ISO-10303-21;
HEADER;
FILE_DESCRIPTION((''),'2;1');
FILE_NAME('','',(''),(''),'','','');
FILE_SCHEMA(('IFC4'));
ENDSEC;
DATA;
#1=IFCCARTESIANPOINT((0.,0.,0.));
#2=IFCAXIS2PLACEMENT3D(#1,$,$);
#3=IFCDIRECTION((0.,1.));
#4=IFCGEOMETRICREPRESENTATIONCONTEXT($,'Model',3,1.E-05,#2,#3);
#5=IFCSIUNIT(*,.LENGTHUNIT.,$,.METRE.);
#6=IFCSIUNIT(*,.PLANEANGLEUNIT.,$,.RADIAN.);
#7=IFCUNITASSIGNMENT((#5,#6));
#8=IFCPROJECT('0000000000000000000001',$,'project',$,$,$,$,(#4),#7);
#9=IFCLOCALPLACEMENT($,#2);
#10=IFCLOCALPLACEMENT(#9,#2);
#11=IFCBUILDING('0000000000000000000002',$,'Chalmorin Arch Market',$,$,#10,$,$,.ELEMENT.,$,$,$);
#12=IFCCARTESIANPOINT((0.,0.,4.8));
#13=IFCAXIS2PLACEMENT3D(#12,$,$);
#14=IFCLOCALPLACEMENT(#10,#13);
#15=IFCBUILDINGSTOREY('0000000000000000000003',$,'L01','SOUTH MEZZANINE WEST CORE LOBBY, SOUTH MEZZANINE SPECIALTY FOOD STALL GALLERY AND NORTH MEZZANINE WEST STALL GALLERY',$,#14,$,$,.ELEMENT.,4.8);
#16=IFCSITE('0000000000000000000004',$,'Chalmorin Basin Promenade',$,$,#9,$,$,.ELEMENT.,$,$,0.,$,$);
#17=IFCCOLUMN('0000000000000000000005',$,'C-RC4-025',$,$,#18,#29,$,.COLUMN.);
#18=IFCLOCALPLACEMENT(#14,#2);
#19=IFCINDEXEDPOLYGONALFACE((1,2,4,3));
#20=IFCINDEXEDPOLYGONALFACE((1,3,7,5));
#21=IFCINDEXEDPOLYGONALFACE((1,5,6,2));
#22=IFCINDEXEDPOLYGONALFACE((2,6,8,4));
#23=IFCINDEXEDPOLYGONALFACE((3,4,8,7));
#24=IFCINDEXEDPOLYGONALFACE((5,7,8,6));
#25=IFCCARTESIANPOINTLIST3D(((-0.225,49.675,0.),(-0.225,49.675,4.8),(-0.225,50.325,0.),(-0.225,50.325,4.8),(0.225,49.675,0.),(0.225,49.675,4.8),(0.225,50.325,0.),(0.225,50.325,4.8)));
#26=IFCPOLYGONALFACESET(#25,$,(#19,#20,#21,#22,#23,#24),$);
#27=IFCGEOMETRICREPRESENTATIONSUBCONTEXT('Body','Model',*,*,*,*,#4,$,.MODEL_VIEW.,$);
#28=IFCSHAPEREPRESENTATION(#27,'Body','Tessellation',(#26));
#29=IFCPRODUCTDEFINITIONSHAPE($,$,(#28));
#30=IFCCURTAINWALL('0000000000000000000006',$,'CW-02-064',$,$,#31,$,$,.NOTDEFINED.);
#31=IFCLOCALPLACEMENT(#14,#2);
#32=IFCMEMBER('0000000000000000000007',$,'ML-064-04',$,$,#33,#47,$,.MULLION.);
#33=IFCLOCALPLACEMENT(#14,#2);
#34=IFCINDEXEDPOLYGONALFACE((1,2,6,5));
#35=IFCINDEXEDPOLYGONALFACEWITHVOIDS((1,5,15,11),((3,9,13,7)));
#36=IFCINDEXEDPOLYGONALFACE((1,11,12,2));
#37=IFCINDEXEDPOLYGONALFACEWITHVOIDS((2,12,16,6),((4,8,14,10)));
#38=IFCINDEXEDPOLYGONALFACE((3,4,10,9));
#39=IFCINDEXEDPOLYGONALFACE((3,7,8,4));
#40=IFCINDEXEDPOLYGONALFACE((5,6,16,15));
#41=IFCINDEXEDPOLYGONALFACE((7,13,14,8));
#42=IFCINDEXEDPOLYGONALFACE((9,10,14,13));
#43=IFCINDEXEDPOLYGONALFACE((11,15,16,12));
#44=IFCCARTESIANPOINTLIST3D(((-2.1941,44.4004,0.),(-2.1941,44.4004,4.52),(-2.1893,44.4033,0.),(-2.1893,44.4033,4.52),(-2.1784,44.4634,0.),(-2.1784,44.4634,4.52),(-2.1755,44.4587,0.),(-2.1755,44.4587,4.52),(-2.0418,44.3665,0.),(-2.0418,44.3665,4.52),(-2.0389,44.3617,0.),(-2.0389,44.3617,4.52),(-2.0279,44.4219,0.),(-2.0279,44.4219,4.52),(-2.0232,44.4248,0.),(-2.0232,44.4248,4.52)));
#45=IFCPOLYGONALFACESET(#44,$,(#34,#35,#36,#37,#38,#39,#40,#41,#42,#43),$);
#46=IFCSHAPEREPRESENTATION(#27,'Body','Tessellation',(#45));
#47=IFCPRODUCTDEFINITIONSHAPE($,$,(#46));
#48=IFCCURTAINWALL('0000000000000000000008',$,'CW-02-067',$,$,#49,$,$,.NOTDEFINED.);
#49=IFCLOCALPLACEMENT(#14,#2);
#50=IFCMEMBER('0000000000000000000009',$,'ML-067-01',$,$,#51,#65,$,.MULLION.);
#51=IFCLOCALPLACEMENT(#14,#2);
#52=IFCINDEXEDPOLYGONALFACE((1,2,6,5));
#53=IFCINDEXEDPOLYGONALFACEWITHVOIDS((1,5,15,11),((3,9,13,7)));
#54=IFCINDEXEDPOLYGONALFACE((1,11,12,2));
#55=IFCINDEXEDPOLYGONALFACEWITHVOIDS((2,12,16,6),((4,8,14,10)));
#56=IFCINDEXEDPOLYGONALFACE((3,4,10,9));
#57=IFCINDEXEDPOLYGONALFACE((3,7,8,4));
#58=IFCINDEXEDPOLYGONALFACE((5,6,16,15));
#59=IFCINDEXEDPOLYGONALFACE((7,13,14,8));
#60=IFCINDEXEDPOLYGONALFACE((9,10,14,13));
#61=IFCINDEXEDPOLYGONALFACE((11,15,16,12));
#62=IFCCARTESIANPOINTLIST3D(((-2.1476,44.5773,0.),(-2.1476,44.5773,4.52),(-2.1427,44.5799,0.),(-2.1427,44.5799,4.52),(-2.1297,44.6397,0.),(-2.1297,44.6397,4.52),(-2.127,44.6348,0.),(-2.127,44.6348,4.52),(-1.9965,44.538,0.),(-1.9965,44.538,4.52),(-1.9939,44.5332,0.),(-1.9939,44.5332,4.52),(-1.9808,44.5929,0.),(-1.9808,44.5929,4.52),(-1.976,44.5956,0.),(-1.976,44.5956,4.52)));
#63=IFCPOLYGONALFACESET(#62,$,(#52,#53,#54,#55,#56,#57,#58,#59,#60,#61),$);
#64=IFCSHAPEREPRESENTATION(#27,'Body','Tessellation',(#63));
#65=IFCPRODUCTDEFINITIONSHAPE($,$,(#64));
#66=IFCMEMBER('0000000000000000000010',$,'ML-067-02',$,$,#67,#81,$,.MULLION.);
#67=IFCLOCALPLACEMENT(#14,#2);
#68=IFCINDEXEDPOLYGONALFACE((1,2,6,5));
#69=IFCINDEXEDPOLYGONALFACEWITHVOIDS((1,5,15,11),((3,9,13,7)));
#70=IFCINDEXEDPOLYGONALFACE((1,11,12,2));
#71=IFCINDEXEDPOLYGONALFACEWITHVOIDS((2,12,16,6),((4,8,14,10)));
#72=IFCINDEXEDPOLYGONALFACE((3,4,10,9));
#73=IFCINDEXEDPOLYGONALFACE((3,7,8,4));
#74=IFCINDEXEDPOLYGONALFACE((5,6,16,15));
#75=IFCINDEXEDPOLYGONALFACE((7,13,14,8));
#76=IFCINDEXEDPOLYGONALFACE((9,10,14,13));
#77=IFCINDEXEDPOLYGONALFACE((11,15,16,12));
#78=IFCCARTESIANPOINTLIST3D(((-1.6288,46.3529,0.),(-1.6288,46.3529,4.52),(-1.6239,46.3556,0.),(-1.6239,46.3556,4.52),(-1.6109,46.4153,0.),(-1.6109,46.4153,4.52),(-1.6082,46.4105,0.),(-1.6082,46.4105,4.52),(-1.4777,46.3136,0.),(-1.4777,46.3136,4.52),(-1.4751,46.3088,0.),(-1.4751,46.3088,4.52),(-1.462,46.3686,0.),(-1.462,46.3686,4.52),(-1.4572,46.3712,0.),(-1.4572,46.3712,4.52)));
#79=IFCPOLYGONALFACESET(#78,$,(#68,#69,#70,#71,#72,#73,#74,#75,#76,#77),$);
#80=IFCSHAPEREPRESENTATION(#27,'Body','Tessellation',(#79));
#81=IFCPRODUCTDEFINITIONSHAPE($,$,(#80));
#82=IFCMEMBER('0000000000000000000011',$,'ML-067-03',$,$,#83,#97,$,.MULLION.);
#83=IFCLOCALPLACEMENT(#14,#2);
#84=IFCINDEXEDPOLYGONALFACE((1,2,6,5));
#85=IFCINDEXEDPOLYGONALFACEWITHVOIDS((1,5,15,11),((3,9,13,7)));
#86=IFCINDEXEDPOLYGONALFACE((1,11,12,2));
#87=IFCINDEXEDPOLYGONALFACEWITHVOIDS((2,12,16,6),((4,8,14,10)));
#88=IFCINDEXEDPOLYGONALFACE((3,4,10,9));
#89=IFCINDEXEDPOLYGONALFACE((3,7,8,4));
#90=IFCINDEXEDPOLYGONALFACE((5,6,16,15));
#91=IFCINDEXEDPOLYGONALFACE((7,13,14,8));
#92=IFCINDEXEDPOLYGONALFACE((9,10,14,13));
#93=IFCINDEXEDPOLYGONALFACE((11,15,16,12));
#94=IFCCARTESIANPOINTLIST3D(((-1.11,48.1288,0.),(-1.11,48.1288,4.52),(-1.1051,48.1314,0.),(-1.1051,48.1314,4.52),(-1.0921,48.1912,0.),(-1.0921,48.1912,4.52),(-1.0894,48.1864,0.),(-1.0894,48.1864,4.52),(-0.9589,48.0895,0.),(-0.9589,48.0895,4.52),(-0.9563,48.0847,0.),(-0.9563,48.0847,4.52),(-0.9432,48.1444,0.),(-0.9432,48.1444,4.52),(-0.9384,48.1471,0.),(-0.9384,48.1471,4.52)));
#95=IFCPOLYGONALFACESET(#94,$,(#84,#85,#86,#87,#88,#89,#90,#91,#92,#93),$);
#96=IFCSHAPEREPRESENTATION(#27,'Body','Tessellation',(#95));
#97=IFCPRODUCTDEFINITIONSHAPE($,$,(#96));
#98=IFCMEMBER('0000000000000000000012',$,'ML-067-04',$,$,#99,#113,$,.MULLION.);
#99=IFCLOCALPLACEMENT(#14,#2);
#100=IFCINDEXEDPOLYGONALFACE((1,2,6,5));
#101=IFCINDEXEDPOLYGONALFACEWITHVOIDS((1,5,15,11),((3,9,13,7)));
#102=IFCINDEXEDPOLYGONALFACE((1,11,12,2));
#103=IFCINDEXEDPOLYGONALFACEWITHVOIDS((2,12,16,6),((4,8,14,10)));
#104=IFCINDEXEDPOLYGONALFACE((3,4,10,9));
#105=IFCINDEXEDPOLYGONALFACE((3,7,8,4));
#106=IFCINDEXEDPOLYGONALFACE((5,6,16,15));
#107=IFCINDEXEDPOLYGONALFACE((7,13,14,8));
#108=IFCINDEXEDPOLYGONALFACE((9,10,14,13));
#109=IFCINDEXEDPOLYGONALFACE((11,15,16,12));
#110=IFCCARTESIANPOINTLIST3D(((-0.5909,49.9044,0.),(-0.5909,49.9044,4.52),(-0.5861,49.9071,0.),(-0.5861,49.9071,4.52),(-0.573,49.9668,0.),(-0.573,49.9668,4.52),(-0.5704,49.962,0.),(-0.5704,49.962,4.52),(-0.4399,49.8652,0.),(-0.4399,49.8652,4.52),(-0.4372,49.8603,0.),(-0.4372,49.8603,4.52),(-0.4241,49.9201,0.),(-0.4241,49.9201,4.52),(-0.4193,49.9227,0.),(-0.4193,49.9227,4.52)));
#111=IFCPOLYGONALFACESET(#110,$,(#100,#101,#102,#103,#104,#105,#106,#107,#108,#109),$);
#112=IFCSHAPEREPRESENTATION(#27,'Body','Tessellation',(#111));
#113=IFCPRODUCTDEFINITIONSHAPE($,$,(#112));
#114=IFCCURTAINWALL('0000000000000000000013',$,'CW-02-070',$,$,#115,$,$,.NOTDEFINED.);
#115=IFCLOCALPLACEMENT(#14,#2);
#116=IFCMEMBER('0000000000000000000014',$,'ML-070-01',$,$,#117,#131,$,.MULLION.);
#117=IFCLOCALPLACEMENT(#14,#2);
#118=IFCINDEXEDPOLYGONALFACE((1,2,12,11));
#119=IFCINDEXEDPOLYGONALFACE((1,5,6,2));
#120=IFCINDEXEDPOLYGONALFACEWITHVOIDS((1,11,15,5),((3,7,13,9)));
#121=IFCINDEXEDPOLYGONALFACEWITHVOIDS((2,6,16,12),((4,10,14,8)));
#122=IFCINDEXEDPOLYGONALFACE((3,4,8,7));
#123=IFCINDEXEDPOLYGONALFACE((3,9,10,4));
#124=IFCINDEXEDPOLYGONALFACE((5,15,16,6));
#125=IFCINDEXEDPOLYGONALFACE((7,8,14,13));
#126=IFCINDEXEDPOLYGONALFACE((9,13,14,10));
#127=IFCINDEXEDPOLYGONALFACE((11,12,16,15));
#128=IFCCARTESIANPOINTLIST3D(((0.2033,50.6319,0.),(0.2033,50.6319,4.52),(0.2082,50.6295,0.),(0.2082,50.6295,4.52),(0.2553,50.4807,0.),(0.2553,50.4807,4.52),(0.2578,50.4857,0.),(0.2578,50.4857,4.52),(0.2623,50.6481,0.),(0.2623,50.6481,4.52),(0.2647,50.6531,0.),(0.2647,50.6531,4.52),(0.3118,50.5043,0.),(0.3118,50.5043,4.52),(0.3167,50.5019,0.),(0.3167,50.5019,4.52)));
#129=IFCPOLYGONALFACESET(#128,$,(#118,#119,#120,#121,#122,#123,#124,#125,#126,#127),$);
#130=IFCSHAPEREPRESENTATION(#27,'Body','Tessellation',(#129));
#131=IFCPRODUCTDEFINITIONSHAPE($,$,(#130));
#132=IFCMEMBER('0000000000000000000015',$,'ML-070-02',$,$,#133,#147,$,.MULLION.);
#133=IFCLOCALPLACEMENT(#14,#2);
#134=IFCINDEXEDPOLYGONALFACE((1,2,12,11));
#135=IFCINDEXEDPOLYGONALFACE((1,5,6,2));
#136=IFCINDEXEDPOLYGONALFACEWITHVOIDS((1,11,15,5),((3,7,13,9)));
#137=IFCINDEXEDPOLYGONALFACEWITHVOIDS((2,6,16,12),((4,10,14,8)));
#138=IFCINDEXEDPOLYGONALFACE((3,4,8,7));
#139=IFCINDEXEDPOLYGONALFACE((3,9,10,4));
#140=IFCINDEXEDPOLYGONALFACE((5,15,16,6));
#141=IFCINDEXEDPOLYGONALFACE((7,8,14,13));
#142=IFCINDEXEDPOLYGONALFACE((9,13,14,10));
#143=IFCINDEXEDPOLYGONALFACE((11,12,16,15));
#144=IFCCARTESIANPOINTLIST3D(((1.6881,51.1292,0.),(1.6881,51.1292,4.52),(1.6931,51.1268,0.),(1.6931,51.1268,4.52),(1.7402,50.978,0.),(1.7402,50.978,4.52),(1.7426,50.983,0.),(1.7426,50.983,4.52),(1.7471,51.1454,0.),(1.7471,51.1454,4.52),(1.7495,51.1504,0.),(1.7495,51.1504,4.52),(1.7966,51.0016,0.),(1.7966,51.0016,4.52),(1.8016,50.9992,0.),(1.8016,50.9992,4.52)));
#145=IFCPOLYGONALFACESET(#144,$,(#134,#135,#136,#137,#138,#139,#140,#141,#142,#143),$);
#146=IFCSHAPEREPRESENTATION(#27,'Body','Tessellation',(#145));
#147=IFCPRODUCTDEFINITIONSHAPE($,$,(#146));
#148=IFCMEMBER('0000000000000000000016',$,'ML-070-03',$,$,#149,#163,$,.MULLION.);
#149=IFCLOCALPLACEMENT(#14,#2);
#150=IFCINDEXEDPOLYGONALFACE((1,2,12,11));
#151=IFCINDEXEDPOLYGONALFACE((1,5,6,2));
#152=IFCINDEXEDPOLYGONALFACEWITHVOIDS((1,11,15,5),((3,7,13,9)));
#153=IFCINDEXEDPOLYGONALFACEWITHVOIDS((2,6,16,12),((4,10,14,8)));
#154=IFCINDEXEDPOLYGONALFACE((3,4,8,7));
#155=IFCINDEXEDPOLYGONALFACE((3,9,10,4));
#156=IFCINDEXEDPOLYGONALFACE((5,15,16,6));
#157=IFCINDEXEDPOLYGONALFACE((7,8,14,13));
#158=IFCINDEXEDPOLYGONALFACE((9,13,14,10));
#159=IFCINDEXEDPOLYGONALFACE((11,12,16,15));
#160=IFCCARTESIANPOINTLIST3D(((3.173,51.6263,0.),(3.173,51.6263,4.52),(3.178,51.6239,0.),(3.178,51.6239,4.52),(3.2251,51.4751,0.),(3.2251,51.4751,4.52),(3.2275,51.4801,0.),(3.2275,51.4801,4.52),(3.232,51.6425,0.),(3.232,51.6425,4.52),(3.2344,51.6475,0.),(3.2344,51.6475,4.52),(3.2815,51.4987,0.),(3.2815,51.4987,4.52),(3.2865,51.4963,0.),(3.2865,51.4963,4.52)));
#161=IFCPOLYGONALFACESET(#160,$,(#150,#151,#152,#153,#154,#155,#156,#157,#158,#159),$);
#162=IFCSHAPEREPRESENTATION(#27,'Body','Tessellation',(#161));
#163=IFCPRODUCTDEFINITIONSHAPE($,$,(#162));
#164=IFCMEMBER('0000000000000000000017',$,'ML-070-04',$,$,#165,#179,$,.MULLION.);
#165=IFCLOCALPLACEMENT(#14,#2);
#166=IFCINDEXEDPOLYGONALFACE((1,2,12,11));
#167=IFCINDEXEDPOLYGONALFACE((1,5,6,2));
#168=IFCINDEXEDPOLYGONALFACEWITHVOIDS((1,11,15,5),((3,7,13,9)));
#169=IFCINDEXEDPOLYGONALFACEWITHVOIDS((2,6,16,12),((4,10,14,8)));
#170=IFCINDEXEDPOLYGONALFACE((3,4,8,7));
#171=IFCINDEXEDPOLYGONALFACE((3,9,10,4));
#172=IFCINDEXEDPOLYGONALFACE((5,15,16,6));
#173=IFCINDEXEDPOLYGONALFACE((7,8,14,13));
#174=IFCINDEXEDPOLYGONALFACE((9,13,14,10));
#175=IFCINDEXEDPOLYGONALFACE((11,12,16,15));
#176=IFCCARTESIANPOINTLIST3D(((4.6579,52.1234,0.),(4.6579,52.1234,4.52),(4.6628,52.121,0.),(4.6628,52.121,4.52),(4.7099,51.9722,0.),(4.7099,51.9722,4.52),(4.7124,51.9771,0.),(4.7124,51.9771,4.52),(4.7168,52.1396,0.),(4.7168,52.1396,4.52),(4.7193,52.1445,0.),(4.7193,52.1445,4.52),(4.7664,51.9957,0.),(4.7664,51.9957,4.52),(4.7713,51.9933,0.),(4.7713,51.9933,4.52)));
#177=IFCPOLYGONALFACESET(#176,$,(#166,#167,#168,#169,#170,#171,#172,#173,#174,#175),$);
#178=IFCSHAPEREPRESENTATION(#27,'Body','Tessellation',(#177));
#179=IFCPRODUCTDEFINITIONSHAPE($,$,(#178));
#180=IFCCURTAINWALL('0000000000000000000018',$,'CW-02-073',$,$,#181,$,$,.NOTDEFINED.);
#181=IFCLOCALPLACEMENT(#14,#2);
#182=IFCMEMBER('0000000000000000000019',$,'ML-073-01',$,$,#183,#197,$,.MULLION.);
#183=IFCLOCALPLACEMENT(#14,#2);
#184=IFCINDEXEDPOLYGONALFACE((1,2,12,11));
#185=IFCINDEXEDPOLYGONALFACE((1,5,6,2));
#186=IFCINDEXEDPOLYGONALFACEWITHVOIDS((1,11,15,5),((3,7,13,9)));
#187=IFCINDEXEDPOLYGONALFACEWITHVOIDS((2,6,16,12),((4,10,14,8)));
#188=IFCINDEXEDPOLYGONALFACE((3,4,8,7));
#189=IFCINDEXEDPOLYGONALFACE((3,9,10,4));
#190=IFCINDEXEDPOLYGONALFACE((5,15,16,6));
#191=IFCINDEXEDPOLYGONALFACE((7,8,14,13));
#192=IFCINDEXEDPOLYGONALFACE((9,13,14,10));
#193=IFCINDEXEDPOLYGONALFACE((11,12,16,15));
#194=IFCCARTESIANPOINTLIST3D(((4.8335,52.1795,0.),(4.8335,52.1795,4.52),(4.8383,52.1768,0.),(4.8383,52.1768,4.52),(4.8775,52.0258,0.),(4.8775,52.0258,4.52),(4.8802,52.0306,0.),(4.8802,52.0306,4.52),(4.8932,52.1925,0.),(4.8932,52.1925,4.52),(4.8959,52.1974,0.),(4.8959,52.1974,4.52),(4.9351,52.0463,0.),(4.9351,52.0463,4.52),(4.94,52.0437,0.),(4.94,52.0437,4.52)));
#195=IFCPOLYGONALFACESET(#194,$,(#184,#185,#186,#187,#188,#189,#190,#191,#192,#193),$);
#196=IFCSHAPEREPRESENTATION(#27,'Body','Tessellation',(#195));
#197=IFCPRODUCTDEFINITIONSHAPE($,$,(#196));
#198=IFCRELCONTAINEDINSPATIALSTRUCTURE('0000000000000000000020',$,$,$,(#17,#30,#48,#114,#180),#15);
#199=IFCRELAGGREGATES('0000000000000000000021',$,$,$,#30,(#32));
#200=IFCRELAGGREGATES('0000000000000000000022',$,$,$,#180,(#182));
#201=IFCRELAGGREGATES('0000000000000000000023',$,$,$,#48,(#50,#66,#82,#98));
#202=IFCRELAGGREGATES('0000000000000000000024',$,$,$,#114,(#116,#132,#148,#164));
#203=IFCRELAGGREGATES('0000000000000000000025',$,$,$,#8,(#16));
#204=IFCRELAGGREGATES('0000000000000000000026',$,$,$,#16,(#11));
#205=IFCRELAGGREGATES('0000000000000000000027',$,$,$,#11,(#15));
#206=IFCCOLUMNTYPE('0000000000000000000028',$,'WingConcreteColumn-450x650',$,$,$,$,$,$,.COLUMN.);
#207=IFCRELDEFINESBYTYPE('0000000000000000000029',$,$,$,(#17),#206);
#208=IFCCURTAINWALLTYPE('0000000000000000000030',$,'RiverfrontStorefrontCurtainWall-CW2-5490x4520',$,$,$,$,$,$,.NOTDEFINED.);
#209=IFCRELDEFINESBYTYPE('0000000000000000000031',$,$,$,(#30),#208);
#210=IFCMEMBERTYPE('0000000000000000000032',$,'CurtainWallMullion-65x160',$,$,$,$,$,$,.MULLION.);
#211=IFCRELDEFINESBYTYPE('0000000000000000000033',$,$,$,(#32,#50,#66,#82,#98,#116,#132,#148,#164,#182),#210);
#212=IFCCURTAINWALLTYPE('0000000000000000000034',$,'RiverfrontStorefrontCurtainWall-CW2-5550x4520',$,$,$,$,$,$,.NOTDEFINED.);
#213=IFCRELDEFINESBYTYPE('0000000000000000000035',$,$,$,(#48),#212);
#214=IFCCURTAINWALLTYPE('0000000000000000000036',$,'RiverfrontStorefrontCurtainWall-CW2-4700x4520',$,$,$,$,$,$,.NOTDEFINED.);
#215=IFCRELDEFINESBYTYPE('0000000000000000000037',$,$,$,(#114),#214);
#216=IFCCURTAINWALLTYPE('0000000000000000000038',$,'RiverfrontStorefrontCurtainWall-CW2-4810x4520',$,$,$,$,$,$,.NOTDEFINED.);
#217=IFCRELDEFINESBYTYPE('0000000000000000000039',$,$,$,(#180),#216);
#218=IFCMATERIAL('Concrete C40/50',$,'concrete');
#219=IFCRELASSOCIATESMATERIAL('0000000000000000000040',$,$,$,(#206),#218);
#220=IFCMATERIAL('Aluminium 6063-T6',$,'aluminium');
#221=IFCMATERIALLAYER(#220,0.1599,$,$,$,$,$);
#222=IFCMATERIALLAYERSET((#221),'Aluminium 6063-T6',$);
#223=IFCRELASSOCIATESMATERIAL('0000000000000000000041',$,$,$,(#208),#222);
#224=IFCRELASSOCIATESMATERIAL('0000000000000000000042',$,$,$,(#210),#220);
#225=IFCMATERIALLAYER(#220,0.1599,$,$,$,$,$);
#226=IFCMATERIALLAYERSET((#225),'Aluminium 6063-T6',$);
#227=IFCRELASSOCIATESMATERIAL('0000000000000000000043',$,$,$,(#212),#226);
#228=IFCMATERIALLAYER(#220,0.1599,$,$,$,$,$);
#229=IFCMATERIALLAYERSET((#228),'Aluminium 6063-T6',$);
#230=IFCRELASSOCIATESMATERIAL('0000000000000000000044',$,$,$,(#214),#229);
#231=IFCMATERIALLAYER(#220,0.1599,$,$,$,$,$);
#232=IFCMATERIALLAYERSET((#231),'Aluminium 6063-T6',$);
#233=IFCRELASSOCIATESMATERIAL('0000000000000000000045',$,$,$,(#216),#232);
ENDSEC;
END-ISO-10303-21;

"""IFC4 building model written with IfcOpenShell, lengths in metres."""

from ifc_helpers import new_model, si_unit, direction, frame, origin, origin_2d, place, context, subcontext, project, spatial, rectangle, hollow_rectangle, extrude, material, layer, layer_set, material_profile, profile_set, type_object, element, aggregate, save


model = new_model("IFC4")

# Units and contexts
model_context = context("Model", 3, precision=1e-05, world=origin(), true_north=direction((0.0, 1.0)))
body_context = subcontext(model_context, "Body", "Model", "MODEL_VIEW")
ifc_project = project(units=[si_unit("LENGTHUNIT", "METRE"), si_unit("PLANEANGLEUNIT", "RADIAN")], contexts=[model_context])

# Site, building, storey
site_placement = place(None, origin())
site = spatial("IfcSite", under=ifc_project, at=site_placement, Name="Chalmorin Basin Promenade", CompositionType="ELEMENT", RefElevation=0.0)
building_placement = place(site_placement, origin())
building = spatial("IfcBuilding", under=site, at=building_placement, Name="Chalmorin Arch Market", CompositionType="ELEMENT")
storey_placement = place(building_placement, frame((0.0, 0.0, 4.8)))
storey = spatial("IfcBuildingStorey", under=building, at=storey_placement, Name="L01", Description="SOUTH MEZZANINE WEST CORE LOBBY, SOUTH MEZZANINE SPECIALTY FOOD STALL GALLERY AND NORTH MEZZANINE WEST STALL GALLERY", CompositionType="ELEMENT", Elevation=4.8)

# Column
ifc_material_1 = material(Name="Concrete C40/50", Category="concrete")
ifc_material_profile_1 = material_profile(ifc_material_1, rectangle(XDim=0.45, YDim=0.6499, at=origin_2d()), Name="RC450X650")
ifc_profile_set_1 = profile_set([ifc_material_profile_1], Name="Concrete C40/50")
column_type = type_object("IfcColumnType", Name="WingConcreteColumn-450x650", PredefinedType="COLUMN", material=ifc_profile_set_1)
column_placement = place(storey_placement, frame((0.0, 50.0, 0.0), z_axis=(0.0, 0.0, 1.0), x_axis=(1.0, 0.0, 0.0)))
element("IfcColumn", 1, at=column_placement, inside=storey, type_object=column_type, Name="C-RC4-025", PredefinedType="COLUMN", context=body_context, shape_type="SweptSolid", body=[
    extrude(rectangle(XDim=0.45, YDim=0.6499, at=origin_2d()), origin(), (0.0, 0.0, 1.0), 4.8),
])

# Curtain wall, member
ifc_material_2 = material(Name="Aluminium 6063-T6", Category="aluminium")
ifc_layer_1 = layer(ifc_material_2, 0.1599)
ifc_layer_set_1 = layer_set([ifc_layer_1], Name="Aluminium 6063-T6")
curtain_wall_type_1 = type_object("IfcCurtainWallType", Name="RiverfrontStorefrontCurtainWall-CW2-5490x4520", PredefinedType="NOTDEFINED", material=ifc_layer_set_1)
curtain_wall_1_placement = place(storey_placement, origin())
curtain_wall_1 = element("IfcCurtainWall", 2, at=curtain_wall_1_placement, inside=storey, type_object=curtain_wall_type_1, Name="CW-02-064", PredefinedType="NOTDEFINED")
ifc_material_profile_2 = material_profile(ifc_material_2, hollow_rectangle(XDim=0.0649, YDim=0.1599, WallThickness=0.0039, at=origin_2d()), Name="ALU65X160X4")
ifc_profile_set_2 = profile_set([ifc_material_profile_2], Name="Aluminium 6063-T6")
member_type_1 = type_object("IfcMemberType", Name="CurtainWallMullion-65x160", PredefinedType="MULLION", material=ifc_profile_set_2)
member_1_placement = place(storey_placement, frame((-2.1086, 44.4126, 0.0), z_axis=(0.0, 0.0, 1.0), x_axis=(0.241922, 0.970296, 0.0)))
member_1 = element("IfcMember", 3, at=member_1_placement, type_object=member_type_1, Name="ML-064-04", PredefinedType="MULLION", context=body_context, shape_type="SweptSolid", body=[
    extrude(hollow_rectangle(XDim=0.0649, YDim=0.1599, WallThickness=0.0039, at=origin_2d()), origin(), (0.0, 0.0, 1.0), 4.52),
])
aggregate(curtain_wall_1, [member_1])

# Curtain walls, members
ifc_layer_2 = layer(ifc_material_2, 0.1599)
ifc_layer_set_2 = layer_set([ifc_layer_2], Name="Aluminium 6063-T6")
curtain_wall_type_2 = type_object("IfcCurtainWallType", Name="RiverfrontStorefrontCurtainWall-CW2-5550x4520", PredefinedType="NOTDEFINED", material=ifc_layer_set_2)
curtain_wall_2_placement = place(storey_placement, origin())
curtain_wall_2 = element("IfcCurtainWall", 4, at=curtain_wall_2_placement, inside=storey, type_object=curtain_wall_type_2, Name="CW-02-067", PredefinedType="NOTDEFINED")
member_2_placement = place(storey_placement, frame((-2.0618, 44.5864, 0.0), z_axis=(0.0, 0.0, 1.0), x_axis=(0.275637, 0.961262, 0.0)))
member_2 = element("IfcMember", 5, at=member_2_placement, type_object=member_type_1, Name="ML-067-01", PredefinedType="MULLION", context=body_context, shape_type="SweptSolid", body=[
    extrude(hollow_rectangle(XDim=0.0649, YDim=0.1599, WallThickness=0.0039, at=origin_2d()), origin(), (0.0, 0.0, 1.0), 4.52),
])
member_3_placement = place(storey_placement, frame((-1.543, 46.3621, 0.0), z_axis=(0.0, 0.0, 1.0), x_axis=(0.275637, 0.961262, 0.0)))
member_3 = element("IfcMember", 6, at=member_3_placement, type_object=member_type_1, Name="ML-067-02", PredefinedType="MULLION", context=body_context, shape_type="SweptSolid", body=[
    extrude(hollow_rectangle(XDim=0.0649, YDim=0.1599, WallThickness=0.0039, at=origin_2d()), origin(), (0.0, 0.0, 1.0), 4.52),
])
member_4_placement = place(storey_placement, frame((-1.0242, 48.1379, 0.0), z_axis=(0.0, 0.0, 1.0), x_axis=(0.275637, 0.961262, 0.0)))
member_4 = element("IfcMember", 7, at=member_4_placement, type_object=member_type_1, Name="ML-067-03", PredefinedType="MULLION", context=body_context, shape_type="SweptSolid", body=[
    extrude(hollow_rectangle(XDim=0.0649, YDim=0.1599, WallThickness=0.0039, at=origin_2d()), origin(), (0.0, 0.0, 1.0), 4.52),
])
member_5_placement = place(storey_placement, frame((-0.5051, 49.9136, 0.0), z_axis=(0.0, 0.0, 1.0), x_axis=(0.275637, 0.961262, 0.0)))
member_5 = element("IfcMember", 8, at=member_5_placement, type_object=member_type_1, Name="ML-067-04", PredefinedType="MULLION", context=body_context, shape_type="SweptSolid", body=[
    extrude(hollow_rectangle(XDim=0.0649, YDim=0.1599, WallThickness=0.0039, at=origin_2d()), origin(), (0.0, 0.0, 1.0), 4.52),
])
ifc_layer_3 = layer(ifc_material_2, 0.1599)
ifc_layer_set_3 = layer_set([ifc_layer_3], Name="Aluminium 6063-T6")
curtain_wall_type_3 = type_object("IfcCurtainWallType", Name="RiverfrontStorefrontCurtainWall-CW2-4700x4520", PredefinedType="NOTDEFINED", material=ifc_layer_set_3)
curtain_wall_3_placement = place(storey_placement, origin())
curtain_wall_3 = element("IfcCurtainWall", 9, at=curtain_wall_3_placement, inside=storey, type_object=curtain_wall_type_3, Name="CW-02-070", PredefinedType="NOTDEFINED")
member_6_placement = place(storey_placement, frame((0.26, 50.5669, 0.0), z_axis=(0.0, 0.0, 1.0), x_axis=(0.945519, 0.325568, 0.0)))
member_6 = element("IfcMember", 10, at=member_6_placement, type_object=member_type_1, Name="ML-070-01", PredefinedType="MULLION", context=body_context, shape_type="SweptSolid", body=[
    extrude(hollow_rectangle(XDim=0.0649, YDim=0.1599, WallThickness=0.0039, at=origin_2d()), origin(), (0.0, 0.0, 1.0), 4.52),
])
member_7_placement = place(storey_placement, frame((1.7449, 51.0642, 0.0), z_axis=(0.0, 0.0, 1.0), x_axis=(0.945519, 0.325568, 0.0)))
member_7 = element("IfcMember", 11, at=member_7_placement, type_object=member_type_1, Name="ML-070-02", PredefinedType="MULLION", context=body_context, shape_type="SweptSolid", body=[
    extrude(hollow_rectangle(XDim=0.0649, YDim=0.1599, WallThickness=0.0039, at=origin_2d()), origin(), (0.0, 0.0, 1.0), 4.52),
])
member_8_placement = place(storey_placement, frame((3.2297, 51.5613, 0.0), z_axis=(0.0, 0.0, 1.0), x_axis=(0.945519, 0.325568, 0.0)))
member_8 = element("IfcMember", 12, at=member_8_placement, type_object=member_type_1, Name="ML-070-03", PredefinedType="MULLION", context=body_context, shape_type="SweptSolid", body=[
    extrude(hollow_rectangle(XDim=0.0649, YDim=0.1599, WallThickness=0.0039, at=origin_2d()), origin(), (0.0, 0.0, 1.0), 4.52),
])
member_9_placement = place(storey_placement, frame((4.7146, 52.0583, 0.0), z_axis=(0.0, 0.0, 1.0), x_axis=(0.945519, 0.325568, 0.0)))
member_9 = element("IfcMember", 13, at=member_9_placement, type_object=member_type_1, Name="ML-070-04", PredefinedType="MULLION", context=body_context, shape_type="SweptSolid", body=[
    extrude(hollow_rectangle(XDim=0.0649, YDim=0.1599, WallThickness=0.0039, at=origin_2d()), origin(), (0.0, 0.0, 1.0), 4.52),
])

# Curtain wall, member
ifc_layer_4 = layer(ifc_material_2, 0.1599)
ifc_layer_set_4 = layer_set([ifc_layer_4], Name="Aluminium 6063-T6")
curtain_wall_type_4 = type_object("IfcCurtainWallType", Name="RiverfrontStorefrontCurtainWall-CW2-4810x4520", PredefinedType="NOTDEFINED", material=ifc_layer_set_4)
curtain_wall_4_placement = place(storey_placement, origin())
curtain_wall_4 = element("IfcCurtainWall", 14, at=curtain_wall_4_placement, inside=storey, type_object=curtain_wall_type_4, Name="CW-02-073", PredefinedType="NOTDEFINED")
member_10_placement = place(storey_placement, frame((4.8867, 52.1116, 0.0), z_axis=(0.0, 0.0, 1.0), x_axis=(0.961262, 0.275637, 0.0)))
member_10 = element("IfcMember", 15, at=member_10_placement, type_object=member_type_1, Name="ML-073-01", PredefinedType="MULLION", context=body_context, shape_type="SweptSolid", body=[
    extrude(hollow_rectangle(XDim=0.0649, YDim=0.1599, WallThickness=0.0039, at=origin_2d()), origin(), (0.0, 0.0, 1.0), 4.52),
])

aggregate(curtain_wall_4, [member_10])

aggregate(curtain_wall_2, [member_2, member_3, member_4, member_5])
aggregate(curtain_wall_3, [member_6, member_7, member_8, member_9])

save(model, "model.ifc")
